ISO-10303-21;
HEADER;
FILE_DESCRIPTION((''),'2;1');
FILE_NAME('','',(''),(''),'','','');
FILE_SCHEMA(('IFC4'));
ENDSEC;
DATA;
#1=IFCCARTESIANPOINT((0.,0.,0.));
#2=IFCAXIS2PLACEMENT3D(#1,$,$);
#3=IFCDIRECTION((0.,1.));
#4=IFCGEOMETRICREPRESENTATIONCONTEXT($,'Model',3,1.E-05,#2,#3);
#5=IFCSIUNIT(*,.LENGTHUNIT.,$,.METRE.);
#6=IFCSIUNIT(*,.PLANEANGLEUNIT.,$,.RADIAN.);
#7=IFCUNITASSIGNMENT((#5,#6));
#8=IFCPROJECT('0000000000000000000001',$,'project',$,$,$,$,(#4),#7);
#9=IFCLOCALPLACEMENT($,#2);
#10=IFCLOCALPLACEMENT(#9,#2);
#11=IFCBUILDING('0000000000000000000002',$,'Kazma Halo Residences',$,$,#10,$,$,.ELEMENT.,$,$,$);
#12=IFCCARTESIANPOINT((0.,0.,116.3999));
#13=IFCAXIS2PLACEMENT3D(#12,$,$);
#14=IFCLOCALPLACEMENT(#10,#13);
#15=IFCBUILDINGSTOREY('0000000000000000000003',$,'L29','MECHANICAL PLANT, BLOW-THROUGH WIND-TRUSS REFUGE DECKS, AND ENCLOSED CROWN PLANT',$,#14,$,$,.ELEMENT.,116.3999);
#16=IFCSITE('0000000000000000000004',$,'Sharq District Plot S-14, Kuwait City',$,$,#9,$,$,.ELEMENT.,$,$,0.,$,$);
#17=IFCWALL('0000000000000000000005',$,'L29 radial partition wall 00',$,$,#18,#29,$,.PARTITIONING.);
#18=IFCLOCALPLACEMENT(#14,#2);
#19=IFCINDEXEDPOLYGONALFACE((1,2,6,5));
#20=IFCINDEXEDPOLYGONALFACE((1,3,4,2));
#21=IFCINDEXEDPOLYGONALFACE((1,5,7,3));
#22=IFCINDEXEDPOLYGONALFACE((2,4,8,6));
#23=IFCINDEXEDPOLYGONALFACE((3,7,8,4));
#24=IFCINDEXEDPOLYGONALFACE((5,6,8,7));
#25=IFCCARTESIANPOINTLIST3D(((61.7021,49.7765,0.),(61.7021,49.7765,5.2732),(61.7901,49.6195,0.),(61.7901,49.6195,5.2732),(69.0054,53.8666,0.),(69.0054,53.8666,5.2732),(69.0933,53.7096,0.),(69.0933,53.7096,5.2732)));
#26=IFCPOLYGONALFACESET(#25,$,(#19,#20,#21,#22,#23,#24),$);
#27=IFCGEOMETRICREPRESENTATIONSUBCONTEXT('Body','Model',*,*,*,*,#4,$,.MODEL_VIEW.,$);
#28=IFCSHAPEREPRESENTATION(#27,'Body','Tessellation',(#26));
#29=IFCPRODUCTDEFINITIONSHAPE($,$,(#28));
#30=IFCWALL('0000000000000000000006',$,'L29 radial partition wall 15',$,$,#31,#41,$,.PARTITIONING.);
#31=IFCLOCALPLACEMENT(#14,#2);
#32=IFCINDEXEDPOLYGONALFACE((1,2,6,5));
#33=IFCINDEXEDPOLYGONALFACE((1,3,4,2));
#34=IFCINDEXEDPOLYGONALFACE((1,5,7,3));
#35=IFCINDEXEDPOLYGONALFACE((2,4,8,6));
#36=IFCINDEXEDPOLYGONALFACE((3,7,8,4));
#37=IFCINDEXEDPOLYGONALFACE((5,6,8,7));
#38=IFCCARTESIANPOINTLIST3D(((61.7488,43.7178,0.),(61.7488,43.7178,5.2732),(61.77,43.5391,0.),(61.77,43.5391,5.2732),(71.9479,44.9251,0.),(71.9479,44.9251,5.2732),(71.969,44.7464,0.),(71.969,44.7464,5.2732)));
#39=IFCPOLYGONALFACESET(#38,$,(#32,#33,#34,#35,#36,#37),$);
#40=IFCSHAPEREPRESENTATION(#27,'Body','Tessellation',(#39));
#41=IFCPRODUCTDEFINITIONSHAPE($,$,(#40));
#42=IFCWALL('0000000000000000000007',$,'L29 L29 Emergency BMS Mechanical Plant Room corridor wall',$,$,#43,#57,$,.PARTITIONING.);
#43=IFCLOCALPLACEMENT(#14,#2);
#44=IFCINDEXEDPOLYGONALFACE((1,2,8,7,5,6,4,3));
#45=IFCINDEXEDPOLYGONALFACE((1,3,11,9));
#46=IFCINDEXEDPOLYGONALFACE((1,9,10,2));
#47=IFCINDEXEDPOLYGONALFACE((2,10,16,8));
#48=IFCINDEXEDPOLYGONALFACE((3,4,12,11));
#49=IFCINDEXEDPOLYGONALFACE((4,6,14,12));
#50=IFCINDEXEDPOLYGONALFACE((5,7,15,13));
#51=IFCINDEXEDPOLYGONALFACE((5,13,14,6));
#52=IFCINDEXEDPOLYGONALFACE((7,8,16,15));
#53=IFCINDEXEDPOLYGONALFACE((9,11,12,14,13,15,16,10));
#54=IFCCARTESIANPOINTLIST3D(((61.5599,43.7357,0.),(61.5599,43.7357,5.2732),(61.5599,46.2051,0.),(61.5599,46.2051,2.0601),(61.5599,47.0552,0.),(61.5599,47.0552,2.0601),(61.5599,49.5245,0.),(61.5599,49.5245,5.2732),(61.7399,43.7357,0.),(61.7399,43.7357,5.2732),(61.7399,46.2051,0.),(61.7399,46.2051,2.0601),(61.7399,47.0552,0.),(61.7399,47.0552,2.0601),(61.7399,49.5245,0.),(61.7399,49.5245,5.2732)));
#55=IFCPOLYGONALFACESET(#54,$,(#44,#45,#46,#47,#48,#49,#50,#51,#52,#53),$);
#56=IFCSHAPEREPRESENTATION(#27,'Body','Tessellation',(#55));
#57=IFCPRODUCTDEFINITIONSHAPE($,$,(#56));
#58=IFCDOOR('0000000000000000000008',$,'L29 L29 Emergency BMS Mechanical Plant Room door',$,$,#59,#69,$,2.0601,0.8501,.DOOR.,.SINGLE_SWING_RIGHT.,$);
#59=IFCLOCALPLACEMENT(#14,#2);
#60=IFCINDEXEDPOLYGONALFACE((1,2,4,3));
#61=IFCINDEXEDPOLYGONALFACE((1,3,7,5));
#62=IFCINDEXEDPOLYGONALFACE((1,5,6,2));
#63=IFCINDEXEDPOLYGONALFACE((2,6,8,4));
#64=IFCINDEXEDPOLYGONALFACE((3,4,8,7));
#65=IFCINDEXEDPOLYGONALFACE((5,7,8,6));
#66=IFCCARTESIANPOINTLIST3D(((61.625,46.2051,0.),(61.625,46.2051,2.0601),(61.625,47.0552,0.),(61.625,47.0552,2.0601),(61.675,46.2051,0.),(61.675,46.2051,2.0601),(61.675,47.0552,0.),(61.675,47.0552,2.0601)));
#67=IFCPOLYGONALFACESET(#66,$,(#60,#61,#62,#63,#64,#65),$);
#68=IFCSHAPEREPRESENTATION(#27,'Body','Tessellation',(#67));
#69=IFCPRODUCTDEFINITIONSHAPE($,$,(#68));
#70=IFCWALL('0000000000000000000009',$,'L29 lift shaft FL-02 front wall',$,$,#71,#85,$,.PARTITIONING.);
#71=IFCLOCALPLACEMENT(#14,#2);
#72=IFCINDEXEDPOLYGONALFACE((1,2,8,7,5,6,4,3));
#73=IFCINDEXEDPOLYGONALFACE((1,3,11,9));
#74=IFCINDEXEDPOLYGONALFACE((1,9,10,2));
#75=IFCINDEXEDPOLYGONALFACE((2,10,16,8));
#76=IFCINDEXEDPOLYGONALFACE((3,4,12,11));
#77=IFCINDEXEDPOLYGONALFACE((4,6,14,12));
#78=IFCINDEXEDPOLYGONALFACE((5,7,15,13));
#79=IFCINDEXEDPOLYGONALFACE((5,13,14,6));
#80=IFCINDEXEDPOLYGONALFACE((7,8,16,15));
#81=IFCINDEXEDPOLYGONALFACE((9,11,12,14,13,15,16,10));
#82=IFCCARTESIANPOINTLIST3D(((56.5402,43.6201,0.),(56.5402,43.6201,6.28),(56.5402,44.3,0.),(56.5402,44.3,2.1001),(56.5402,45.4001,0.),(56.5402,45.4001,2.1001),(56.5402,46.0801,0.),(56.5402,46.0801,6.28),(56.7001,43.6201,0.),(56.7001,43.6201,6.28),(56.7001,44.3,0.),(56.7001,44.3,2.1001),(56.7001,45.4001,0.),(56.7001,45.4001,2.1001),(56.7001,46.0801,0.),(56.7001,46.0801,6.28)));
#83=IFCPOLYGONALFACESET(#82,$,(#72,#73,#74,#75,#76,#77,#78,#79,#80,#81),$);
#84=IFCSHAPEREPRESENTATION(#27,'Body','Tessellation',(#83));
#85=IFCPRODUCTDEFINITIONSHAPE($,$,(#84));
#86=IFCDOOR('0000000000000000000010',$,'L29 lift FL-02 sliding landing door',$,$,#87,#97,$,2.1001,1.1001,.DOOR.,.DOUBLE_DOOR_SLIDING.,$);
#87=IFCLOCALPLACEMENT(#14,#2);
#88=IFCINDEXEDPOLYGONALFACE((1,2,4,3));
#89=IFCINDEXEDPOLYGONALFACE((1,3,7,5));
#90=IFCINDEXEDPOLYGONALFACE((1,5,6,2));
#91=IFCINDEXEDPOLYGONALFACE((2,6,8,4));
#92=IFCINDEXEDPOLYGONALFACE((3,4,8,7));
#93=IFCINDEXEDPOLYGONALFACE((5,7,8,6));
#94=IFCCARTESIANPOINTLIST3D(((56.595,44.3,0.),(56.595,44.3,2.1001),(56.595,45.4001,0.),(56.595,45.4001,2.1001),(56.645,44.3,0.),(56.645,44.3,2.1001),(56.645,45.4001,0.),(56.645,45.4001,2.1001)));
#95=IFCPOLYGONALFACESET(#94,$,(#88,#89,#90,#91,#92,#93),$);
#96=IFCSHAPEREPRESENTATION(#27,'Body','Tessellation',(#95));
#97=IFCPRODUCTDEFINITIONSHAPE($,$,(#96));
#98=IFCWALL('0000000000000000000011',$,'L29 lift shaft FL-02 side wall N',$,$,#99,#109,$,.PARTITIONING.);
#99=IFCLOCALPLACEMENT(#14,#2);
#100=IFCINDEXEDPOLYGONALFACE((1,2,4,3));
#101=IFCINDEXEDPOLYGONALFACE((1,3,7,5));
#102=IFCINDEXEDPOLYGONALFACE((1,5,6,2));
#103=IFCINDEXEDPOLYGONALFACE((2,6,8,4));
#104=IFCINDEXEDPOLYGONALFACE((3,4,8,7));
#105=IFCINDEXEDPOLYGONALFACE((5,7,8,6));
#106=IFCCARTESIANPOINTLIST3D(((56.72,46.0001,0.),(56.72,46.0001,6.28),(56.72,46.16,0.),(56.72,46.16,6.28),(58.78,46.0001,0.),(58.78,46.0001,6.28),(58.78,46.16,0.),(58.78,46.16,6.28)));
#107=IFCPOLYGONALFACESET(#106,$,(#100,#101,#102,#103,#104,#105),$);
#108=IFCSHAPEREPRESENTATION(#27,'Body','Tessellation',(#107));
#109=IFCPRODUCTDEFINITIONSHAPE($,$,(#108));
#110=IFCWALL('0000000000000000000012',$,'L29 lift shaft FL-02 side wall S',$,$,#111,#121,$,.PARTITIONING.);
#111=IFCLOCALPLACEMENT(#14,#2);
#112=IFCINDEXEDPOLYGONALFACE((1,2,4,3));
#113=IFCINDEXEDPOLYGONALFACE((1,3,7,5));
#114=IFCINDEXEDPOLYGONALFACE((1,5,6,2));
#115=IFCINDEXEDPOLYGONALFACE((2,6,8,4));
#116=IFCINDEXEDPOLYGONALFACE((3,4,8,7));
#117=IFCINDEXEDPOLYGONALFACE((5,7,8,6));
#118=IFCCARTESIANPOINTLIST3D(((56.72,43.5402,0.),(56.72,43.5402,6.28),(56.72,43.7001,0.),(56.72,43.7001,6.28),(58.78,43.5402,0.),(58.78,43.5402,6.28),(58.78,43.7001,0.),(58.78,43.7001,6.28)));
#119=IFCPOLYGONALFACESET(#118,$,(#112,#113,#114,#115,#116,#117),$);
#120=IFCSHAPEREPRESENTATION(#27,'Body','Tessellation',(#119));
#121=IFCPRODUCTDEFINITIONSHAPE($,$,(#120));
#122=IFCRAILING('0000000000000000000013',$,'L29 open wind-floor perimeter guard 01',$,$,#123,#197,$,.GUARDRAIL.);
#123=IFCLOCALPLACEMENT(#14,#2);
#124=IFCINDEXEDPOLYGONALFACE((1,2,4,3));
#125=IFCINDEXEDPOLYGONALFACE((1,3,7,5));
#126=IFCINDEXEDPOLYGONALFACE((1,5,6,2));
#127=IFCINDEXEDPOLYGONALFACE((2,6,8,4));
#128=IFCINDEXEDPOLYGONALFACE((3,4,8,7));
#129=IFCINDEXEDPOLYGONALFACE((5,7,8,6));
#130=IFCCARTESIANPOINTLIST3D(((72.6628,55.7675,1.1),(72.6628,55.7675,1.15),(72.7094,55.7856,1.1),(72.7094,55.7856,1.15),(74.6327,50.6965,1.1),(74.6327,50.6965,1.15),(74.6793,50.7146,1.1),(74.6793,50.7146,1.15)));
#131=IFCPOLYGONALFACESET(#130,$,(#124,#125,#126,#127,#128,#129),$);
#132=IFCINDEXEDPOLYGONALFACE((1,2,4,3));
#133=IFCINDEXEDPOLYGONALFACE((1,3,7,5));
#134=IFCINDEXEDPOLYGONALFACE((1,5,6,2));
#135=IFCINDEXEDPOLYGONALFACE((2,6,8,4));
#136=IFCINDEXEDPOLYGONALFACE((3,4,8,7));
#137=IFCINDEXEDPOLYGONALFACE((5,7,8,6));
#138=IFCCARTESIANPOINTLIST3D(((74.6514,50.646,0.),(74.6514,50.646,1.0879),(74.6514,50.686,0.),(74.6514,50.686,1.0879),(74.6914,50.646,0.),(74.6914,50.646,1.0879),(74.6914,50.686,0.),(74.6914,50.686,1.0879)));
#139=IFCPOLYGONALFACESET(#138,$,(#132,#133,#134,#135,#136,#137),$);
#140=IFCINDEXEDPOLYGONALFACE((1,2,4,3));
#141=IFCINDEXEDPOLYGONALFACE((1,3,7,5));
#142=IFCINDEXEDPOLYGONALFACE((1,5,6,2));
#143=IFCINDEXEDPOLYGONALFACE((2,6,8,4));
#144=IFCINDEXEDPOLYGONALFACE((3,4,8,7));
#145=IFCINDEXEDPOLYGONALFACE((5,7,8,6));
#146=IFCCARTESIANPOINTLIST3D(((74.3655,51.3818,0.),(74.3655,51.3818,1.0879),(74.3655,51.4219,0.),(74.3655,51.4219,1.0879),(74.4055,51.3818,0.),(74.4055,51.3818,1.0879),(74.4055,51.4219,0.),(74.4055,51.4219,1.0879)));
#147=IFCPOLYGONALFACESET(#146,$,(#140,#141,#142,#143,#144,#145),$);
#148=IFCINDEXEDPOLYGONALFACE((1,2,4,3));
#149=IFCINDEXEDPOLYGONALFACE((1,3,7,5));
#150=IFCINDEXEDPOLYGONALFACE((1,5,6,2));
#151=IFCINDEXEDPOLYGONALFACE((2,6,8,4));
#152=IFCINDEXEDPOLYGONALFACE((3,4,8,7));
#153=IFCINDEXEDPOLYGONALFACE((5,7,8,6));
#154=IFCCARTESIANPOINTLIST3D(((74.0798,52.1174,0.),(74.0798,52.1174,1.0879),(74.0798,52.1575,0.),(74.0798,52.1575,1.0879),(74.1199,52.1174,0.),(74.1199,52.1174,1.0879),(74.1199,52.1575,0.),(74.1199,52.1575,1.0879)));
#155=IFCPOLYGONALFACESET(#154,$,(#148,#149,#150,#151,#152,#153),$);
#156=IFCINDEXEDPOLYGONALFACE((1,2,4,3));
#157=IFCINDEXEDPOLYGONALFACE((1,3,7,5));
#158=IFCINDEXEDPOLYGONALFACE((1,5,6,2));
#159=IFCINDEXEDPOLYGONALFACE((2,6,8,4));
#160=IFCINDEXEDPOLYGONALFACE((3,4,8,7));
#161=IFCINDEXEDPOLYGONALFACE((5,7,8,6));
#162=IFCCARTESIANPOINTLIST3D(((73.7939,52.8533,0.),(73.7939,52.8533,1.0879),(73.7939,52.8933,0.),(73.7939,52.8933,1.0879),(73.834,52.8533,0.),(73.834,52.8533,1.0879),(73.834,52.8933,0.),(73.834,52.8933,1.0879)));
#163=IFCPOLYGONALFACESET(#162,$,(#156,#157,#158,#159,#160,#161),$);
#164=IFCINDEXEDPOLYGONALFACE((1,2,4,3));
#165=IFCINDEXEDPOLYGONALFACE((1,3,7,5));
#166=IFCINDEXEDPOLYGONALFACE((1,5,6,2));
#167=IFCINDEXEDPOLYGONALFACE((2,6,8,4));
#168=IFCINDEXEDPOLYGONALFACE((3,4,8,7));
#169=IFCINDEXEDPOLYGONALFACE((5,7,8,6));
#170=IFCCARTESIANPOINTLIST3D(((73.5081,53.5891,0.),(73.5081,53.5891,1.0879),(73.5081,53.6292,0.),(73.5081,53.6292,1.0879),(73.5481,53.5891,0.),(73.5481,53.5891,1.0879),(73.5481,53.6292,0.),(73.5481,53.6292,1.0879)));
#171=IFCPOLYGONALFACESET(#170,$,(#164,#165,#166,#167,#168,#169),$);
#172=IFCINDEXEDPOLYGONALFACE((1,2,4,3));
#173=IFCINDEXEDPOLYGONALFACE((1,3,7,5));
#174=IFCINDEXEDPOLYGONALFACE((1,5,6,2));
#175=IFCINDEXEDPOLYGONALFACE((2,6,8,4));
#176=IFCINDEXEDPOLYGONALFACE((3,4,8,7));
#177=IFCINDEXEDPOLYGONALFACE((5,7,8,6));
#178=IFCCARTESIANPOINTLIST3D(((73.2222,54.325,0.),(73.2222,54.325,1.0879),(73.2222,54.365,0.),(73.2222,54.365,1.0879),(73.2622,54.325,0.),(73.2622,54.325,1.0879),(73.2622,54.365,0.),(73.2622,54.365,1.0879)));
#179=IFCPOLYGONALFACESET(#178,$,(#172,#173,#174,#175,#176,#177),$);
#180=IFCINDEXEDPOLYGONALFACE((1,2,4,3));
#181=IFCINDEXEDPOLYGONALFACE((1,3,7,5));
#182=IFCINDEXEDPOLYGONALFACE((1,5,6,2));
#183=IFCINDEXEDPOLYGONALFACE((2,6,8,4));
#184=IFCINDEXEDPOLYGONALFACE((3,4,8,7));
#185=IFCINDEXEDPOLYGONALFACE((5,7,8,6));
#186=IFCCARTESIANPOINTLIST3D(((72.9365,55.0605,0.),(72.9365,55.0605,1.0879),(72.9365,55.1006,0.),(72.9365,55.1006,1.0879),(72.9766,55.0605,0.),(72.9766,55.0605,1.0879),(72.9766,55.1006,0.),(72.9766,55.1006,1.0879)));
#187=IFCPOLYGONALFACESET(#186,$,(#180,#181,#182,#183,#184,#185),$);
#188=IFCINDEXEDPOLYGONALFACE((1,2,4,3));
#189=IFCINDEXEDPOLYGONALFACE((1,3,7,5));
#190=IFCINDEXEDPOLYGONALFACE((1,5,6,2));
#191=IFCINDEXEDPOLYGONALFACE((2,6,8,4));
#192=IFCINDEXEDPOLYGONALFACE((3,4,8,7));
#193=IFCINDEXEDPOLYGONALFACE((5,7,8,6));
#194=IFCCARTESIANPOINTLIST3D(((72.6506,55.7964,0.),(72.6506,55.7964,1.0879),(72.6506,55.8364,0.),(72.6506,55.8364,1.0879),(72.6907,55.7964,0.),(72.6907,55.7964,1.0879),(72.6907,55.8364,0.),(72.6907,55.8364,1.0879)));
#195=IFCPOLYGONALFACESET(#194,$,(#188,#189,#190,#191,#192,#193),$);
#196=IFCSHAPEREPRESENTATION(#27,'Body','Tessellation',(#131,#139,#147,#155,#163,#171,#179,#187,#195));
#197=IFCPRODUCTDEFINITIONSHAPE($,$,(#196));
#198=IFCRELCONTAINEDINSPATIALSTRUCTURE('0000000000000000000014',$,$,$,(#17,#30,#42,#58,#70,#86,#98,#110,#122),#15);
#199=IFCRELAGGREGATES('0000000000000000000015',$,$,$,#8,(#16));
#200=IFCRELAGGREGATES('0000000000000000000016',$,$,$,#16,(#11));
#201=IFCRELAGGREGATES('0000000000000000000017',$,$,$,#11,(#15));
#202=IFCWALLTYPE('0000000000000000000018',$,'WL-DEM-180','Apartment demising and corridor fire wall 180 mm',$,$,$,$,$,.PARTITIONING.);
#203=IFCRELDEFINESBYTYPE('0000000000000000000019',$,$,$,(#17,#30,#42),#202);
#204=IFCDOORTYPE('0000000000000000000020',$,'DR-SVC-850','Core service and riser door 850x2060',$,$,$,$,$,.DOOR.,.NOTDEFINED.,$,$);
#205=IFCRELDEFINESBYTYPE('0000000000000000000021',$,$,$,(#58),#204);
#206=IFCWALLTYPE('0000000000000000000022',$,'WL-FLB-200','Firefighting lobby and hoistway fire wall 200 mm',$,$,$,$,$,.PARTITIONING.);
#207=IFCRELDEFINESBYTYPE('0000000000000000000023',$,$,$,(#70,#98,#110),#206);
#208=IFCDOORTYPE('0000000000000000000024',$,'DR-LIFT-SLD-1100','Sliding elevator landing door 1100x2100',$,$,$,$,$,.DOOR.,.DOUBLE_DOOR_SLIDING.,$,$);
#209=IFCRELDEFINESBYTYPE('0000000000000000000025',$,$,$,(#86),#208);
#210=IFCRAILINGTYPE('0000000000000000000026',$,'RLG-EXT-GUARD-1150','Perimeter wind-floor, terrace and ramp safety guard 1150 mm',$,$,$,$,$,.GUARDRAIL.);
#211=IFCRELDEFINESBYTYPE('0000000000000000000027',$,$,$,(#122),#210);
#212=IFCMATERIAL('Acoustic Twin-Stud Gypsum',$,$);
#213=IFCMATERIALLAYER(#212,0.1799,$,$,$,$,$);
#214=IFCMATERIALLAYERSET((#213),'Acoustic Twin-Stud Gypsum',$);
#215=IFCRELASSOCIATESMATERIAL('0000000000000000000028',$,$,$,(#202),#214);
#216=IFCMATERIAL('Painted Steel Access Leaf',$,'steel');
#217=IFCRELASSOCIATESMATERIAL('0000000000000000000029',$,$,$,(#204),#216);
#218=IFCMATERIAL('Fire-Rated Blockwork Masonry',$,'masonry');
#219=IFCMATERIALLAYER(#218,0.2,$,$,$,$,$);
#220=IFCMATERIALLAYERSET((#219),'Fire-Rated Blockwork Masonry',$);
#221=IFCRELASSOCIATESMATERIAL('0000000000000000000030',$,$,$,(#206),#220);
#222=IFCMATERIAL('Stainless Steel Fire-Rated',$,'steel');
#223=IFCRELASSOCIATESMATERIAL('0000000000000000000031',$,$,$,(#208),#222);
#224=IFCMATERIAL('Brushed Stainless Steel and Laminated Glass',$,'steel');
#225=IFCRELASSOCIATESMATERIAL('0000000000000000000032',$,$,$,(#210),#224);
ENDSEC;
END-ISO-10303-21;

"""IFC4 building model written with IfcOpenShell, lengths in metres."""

from ifc_helpers import new_model, si_unit, direction, frame, frame_2d, origin, origin_2d, place, context, subcontext, project, spatial, rectangle, extrude, material, layer, layer_set, type_object, element, fill, save


model = new_model("IFC4")

# Units and contexts
model_context = context("Model", 3, precision=1e-05, world=origin(), true_north=direction((0.0, 1.0)))
body_context = subcontext(model_context, "Body", "Model", "MODEL_VIEW")
ifc_project = project(units=[si_unit("LENGTHUNIT", "METRE"), si_unit("PLANEANGLEUNIT", "RADIAN")], contexts=[model_context])

# Site, building, storey
site_placement = place(None, origin())
site = spatial("IfcSite", under=ifc_project, at=site_placement, Name="Sharq District Plot S-14, Kuwait City", CompositionType="ELEMENT", RefElevation=0.0)
building_placement = place(site_placement, origin())
building = spatial("IfcBuilding", under=site, at=building_placement, Name="Kazma Halo Residences", CompositionType="ELEMENT")
storey_placement = place(building_placement, frame((0.0, 0.0, 116.3999)))
storey = spatial("IfcBuildingStorey", under=building, at=storey_placement, Name="L29", Description="MECHANICAL PLANT, BLOW-THROUGH WIND-TRUSS REFUGE DECKS, AND ENCLOSED CROWN PLANT", CompositionType="ELEMENT", Elevation=116.3999)

# Walls
ifc_material_1 = material(Name="Acoustic Twin-Stud Gypsum")
ifc_layer_1 = layer(ifc_material_1, 0.1799)
ifc_layer_set_1 = layer_set([ifc_layer_1], Name="Acoustic Twin-Stud Gypsum")
wall_type_1 = type_object("IfcWallType", Name="WL-DEM-180", Description="Apartment demising and corridor fire wall 180 mm", PredefinedType="PARTITIONING", material=ifc_layer_set_1)
wall_1_placement = place(storey_placement, frame((61.7461, 49.698, 0.0), z_axis=(0.0, 0.0, 1.0), x_axis=(0.872492, 0.488629, 0.0)))
element("IfcWall", 1, at=wall_1_placement, inside=storey, type_object=wall_type_1, Name="L29 radial partition wall 00", PredefinedType="PARTITIONING", context=body_context, shape_type="SweptSolid", body=[
    extrude(rectangle(XDim=8.3706, YDim=0.1799, at=frame_2d((4.1853, 0.0))), origin(), (0.0, 0.0, 1.0), 5.2732),
])
wall_2_placement = place(storey_placement, frame((61.7593, 43.6284, 0.0), z_axis=(0.0, 0.0, 1.0), x_axis=(0.993067, 0.117552, 0.0)))
element("IfcWall", 2, at=wall_2_placement, inside=storey, type_object=wall_type_1, Name="L29 radial partition wall 15", PredefinedType="PARTITIONING", context=body_context, shape_type="SweptSolid", body=[
    extrude(rectangle(XDim=10.2703, YDim=0.1799, at=frame_2d((5.1353, 0.0))), origin(), (0.0, 0.0, 1.0), 5.2732),
])

# Walls, openings, doors
wall_3_placement = place(storey_placement, frame((61.6499, 43.7356, 0.0), z_axis=(0.0, 0.0, 1.0), x_axis=(0.0, 1.0, 0.0)))
wall_3 = element("IfcWall", 3, at=wall_3_placement, inside=storey, type_object=wall_type_1, Name="L29 L29 Emergency BMS Mechanical Plant Room corridor wall", PredefinedType="PARTITIONING", context=body_context, shape_type="SweptSolid", body=[
    extrude(rectangle(XDim=5.7888, YDim=0.1799, at=frame_2d((2.8945, 0.0))), origin(), (0.0, 0.0, 1.0), 5.2732),
])
opening_1_placement = place(wall_3_placement, frame((2.4695, 0.0, 0.0)))
opening_1 = element("IfcOpeningElement", 4, at=opening_1_placement, cuts=wall_3, PredefinedType="OPENING", context=body_context, shape_type="SweptSolid", body=[
    extrude(rectangle(XDim=0.8501, YDim=2.0601, at=frame_2d((0.425, 1.03))), frame((0.0, 0.0999, 0.0), z_axis=(0.0, -1.0, 0.0), x_axis=(1.0, 0.0, 0.0)), (0.0, 0.0, 1.0), 0.2),
])
ifc_material_2 = material(Name="Painted Steel Access Leaf", Category="steel")
door_type_1 = type_object("IfcDoorType", Name="DR-SVC-850", Description="Core service and riser door 850x2060", OperationType="NOTDEFINED", PredefinedType="DOOR", material=ifc_material_2)
door_1_placement = place(opening_1_placement, origin())
door_1 = element("IfcDoor", 5, at=door_1_placement, inside=storey, type_object=door_type_1, Name="L29 L29 Emergency BMS Mechanical Plant Room door", OperationType="SINGLE_SWING_RIGHT", OverallHeight=2.0601, OverallWidth=0.8501, PredefinedType="DOOR", context=body_context, shape_type="SweptSolid", body=[
    extrude(rectangle(XDim=0.8501, YDim=2.0601, at=frame_2d((0.425, 1.03))), frame((0.0, 0.0249, 0.0), z_axis=(0.0, -1.0, 0.0), x_axis=(1.0, 0.0, 0.0)), (0.0, 0.0, 1.0), 0.05),
])
fill(opening_1, door_1)
ifc_material_3 = material(Name="Fire-Rated Blockwork Masonry", Category="masonry")
ifc_layer_2 = layer(ifc_material_3, 0.2)
ifc_layer_set_2 = layer_set([ifc_layer_2], Name="Fire-Rated Blockwork Masonry")
wall_type_2 = type_object("IfcWallType", Name="WL-FLB-200", Description="Firefighting lobby and hoistway fire wall 200 mm", PredefinedType="PARTITIONING", material=ifc_layer_set_2)
wall_4_placement = place(storey_placement, frame((56.6201, 46.0801, 0.0), z_axis=(0.0, 0.0, 1.0), x_axis=(0.0, -1.0, 0.0)))
wall_4 = element("IfcWall", 6, at=wall_4_placement, inside=storey, type_object=wall_type_2, Name="L29 lift shaft FL-02 front wall", PredefinedType="PARTITIONING", context=body_context, shape_type="SweptSolid", body=[
    extrude(rectangle(XDim=2.46, YDim=0.1599, at=frame_2d((1.23, 0.0))), origin(), (0.0, 0.0, 1.0), 6.28),
])
opening_2_placement = place(wall_4_placement, frame((0.6799, 0.0, 0.0)))
opening_2 = element("IfcOpeningElement", 7, at=opening_2_placement, cuts=wall_4, PredefinedType="OPENING", context=body_context, shape_type="SweptSolid", body=[
    extrude(rectangle(XDim=1.1001, YDim=2.1001, at=frame_2d((0.55, 1.05))), frame((0.0, 0.0898, 0.0), z_axis=(0.0, -1.0, 0.0), x_axis=(1.0, 0.0, 0.0)), (0.0, 0.0, 1.0), 0.1799),
])
ifc_material_4 = material(Name="Stainless Steel Fire-Rated", Category="steel")
door_type_2 = type_object("IfcDoorType", Name="DR-LIFT-SLD-1100", Description="Sliding elevator landing door 1100x2100", OperationType="DOUBLE_DOOR_SLIDING", PredefinedType="DOOR", material=ifc_material_4)
door_2_placement = place(opening_2_placement, origin())
door_2 = element("IfcDoor", 8, at=door_2_placement, inside=storey, type_object=door_type_2, Name="L29 lift FL-02 sliding landing door", OperationType="DOUBLE_DOOR_SLIDING", OverallHeight=2.1001, OverallWidth=1.1001, PredefinedType="DOOR", context=body_context, shape_type="SweptSolid", body=[
    extrude(rectangle(XDim=1.1001, YDim=2.1001, at=frame_2d((0.55, 1.05))), frame((0.0, 0.0249, 0.0), z_axis=(0.0, -1.0, 0.0), x_axis=(1.0, 0.0, 0.0)), (0.0, 0.0, 1.0), 0.05),
])
fill(opening_2, door_2)

# Walls
for number, where, z_axis, x_axis, name in (
    (9, (56.72, 46.0801, 0.0), (0.0, 0.0, 1.0), (1.0, 0.0, 0.0), "L29 lift shaft FL-02 side wall N"),
    (10, (56.72, 43.6201, 0.0), (0.0, 0.0, 1.0), (1.0, 0.0, 0.0), "L29 lift shaft FL-02 side wall S"),
):
    element("IfcWall", number, at=place(storey_placement, frame(where, z_axis=z_axis, x_axis=x_axis)), inside=storey, type_object=wall_type_2, Name=name, PredefinedType="PARTITIONING", context=body_context, shape_type="SweptSolid", body=[
        extrude(rectangle(XDim=2.0601, YDim=0.1599, at=frame_2d((1.03, 0.0))), origin(), (0.0, 0.0, 1.0), 6.28),
    ])

# Railing
ifc_material_5 = material(Name="Brushed Stainless Steel and Laminated Glass", Category="steel")
railing_type = type_object("IfcRailingType", Name="RLG-EXT-GUARD-1150", Description="Perimeter wind-floor, terrace and ramp safety guard 1150 mm", PredefinedType="GUARDRAIL", material=ifc_material_5)
railing_1_placement = place(storey_placement, frame((74.6714, 50.666, 0.0)))
element("IfcRailing", 11, at=railing_1_placement, inside=storey, type_object=railing_type, Name="L29 open wind-floor perimeter guard 01", PredefinedType="GUARDRAIL", context=body_context, shape_type="SweptSolid", body=[
    extrude(rectangle(XDim=0.05, YDim=0.05, at=origin_2d()), frame((-0.0154, 0.0396, 1.125), z_axis=(-0.362101, 0.932139, 0.0), x_axis=(-0.932139, -0.362101, 0.0)), (0.0, 0.0, 1.0), 5.4402),
    extrude(rectangle(XDim=0.04, YDim=0.04, at=origin_2d()), origin(), (0.0, 0.0, 1.0), 1.0879),
    extrude(rectangle(XDim=0.04, YDim=0.04, at=origin_2d()), frame((-0.2859, 0.7358, 0.0)), (0.0, 0.0, 1.0), 1.0879),
    extrude(rectangle(XDim=0.04, YDim=0.04, at=origin_2d()), frame((-0.5715, 1.4714, 0.0)), (0.0, 0.0, 1.0), 1.0879),
    extrude(rectangle(XDim=0.04, YDim=0.04, at=origin_2d()), frame((-0.8574, 2.2073, 0.0)), (0.0, 0.0, 1.0), 1.0879),
    extrude(rectangle(XDim=0.04, YDim=0.04, at=origin_2d()), frame((-1.1433, 2.9431, 0.0)), (0.0, 0.0, 1.0), 1.0879),
    extrude(rectangle(XDim=0.04, YDim=0.04, at=origin_2d()), frame((-1.4292, 3.679, 0.0)), (0.0, 0.0, 1.0), 1.0879),
    extrude(rectangle(XDim=0.04, YDim=0.04, at=origin_2d()), frame((-1.7148, 4.4146, 0.0)), (0.0, 0.0, 1.0), 1.0879),
    extrude(rectangle(XDim=0.04, YDim=0.04, at=origin_2d()), frame((-2.0007, 5.1504, 0.0)), (0.0, 0.0, 1.0), 1.0879),
])

save(model, "model.ifc")
